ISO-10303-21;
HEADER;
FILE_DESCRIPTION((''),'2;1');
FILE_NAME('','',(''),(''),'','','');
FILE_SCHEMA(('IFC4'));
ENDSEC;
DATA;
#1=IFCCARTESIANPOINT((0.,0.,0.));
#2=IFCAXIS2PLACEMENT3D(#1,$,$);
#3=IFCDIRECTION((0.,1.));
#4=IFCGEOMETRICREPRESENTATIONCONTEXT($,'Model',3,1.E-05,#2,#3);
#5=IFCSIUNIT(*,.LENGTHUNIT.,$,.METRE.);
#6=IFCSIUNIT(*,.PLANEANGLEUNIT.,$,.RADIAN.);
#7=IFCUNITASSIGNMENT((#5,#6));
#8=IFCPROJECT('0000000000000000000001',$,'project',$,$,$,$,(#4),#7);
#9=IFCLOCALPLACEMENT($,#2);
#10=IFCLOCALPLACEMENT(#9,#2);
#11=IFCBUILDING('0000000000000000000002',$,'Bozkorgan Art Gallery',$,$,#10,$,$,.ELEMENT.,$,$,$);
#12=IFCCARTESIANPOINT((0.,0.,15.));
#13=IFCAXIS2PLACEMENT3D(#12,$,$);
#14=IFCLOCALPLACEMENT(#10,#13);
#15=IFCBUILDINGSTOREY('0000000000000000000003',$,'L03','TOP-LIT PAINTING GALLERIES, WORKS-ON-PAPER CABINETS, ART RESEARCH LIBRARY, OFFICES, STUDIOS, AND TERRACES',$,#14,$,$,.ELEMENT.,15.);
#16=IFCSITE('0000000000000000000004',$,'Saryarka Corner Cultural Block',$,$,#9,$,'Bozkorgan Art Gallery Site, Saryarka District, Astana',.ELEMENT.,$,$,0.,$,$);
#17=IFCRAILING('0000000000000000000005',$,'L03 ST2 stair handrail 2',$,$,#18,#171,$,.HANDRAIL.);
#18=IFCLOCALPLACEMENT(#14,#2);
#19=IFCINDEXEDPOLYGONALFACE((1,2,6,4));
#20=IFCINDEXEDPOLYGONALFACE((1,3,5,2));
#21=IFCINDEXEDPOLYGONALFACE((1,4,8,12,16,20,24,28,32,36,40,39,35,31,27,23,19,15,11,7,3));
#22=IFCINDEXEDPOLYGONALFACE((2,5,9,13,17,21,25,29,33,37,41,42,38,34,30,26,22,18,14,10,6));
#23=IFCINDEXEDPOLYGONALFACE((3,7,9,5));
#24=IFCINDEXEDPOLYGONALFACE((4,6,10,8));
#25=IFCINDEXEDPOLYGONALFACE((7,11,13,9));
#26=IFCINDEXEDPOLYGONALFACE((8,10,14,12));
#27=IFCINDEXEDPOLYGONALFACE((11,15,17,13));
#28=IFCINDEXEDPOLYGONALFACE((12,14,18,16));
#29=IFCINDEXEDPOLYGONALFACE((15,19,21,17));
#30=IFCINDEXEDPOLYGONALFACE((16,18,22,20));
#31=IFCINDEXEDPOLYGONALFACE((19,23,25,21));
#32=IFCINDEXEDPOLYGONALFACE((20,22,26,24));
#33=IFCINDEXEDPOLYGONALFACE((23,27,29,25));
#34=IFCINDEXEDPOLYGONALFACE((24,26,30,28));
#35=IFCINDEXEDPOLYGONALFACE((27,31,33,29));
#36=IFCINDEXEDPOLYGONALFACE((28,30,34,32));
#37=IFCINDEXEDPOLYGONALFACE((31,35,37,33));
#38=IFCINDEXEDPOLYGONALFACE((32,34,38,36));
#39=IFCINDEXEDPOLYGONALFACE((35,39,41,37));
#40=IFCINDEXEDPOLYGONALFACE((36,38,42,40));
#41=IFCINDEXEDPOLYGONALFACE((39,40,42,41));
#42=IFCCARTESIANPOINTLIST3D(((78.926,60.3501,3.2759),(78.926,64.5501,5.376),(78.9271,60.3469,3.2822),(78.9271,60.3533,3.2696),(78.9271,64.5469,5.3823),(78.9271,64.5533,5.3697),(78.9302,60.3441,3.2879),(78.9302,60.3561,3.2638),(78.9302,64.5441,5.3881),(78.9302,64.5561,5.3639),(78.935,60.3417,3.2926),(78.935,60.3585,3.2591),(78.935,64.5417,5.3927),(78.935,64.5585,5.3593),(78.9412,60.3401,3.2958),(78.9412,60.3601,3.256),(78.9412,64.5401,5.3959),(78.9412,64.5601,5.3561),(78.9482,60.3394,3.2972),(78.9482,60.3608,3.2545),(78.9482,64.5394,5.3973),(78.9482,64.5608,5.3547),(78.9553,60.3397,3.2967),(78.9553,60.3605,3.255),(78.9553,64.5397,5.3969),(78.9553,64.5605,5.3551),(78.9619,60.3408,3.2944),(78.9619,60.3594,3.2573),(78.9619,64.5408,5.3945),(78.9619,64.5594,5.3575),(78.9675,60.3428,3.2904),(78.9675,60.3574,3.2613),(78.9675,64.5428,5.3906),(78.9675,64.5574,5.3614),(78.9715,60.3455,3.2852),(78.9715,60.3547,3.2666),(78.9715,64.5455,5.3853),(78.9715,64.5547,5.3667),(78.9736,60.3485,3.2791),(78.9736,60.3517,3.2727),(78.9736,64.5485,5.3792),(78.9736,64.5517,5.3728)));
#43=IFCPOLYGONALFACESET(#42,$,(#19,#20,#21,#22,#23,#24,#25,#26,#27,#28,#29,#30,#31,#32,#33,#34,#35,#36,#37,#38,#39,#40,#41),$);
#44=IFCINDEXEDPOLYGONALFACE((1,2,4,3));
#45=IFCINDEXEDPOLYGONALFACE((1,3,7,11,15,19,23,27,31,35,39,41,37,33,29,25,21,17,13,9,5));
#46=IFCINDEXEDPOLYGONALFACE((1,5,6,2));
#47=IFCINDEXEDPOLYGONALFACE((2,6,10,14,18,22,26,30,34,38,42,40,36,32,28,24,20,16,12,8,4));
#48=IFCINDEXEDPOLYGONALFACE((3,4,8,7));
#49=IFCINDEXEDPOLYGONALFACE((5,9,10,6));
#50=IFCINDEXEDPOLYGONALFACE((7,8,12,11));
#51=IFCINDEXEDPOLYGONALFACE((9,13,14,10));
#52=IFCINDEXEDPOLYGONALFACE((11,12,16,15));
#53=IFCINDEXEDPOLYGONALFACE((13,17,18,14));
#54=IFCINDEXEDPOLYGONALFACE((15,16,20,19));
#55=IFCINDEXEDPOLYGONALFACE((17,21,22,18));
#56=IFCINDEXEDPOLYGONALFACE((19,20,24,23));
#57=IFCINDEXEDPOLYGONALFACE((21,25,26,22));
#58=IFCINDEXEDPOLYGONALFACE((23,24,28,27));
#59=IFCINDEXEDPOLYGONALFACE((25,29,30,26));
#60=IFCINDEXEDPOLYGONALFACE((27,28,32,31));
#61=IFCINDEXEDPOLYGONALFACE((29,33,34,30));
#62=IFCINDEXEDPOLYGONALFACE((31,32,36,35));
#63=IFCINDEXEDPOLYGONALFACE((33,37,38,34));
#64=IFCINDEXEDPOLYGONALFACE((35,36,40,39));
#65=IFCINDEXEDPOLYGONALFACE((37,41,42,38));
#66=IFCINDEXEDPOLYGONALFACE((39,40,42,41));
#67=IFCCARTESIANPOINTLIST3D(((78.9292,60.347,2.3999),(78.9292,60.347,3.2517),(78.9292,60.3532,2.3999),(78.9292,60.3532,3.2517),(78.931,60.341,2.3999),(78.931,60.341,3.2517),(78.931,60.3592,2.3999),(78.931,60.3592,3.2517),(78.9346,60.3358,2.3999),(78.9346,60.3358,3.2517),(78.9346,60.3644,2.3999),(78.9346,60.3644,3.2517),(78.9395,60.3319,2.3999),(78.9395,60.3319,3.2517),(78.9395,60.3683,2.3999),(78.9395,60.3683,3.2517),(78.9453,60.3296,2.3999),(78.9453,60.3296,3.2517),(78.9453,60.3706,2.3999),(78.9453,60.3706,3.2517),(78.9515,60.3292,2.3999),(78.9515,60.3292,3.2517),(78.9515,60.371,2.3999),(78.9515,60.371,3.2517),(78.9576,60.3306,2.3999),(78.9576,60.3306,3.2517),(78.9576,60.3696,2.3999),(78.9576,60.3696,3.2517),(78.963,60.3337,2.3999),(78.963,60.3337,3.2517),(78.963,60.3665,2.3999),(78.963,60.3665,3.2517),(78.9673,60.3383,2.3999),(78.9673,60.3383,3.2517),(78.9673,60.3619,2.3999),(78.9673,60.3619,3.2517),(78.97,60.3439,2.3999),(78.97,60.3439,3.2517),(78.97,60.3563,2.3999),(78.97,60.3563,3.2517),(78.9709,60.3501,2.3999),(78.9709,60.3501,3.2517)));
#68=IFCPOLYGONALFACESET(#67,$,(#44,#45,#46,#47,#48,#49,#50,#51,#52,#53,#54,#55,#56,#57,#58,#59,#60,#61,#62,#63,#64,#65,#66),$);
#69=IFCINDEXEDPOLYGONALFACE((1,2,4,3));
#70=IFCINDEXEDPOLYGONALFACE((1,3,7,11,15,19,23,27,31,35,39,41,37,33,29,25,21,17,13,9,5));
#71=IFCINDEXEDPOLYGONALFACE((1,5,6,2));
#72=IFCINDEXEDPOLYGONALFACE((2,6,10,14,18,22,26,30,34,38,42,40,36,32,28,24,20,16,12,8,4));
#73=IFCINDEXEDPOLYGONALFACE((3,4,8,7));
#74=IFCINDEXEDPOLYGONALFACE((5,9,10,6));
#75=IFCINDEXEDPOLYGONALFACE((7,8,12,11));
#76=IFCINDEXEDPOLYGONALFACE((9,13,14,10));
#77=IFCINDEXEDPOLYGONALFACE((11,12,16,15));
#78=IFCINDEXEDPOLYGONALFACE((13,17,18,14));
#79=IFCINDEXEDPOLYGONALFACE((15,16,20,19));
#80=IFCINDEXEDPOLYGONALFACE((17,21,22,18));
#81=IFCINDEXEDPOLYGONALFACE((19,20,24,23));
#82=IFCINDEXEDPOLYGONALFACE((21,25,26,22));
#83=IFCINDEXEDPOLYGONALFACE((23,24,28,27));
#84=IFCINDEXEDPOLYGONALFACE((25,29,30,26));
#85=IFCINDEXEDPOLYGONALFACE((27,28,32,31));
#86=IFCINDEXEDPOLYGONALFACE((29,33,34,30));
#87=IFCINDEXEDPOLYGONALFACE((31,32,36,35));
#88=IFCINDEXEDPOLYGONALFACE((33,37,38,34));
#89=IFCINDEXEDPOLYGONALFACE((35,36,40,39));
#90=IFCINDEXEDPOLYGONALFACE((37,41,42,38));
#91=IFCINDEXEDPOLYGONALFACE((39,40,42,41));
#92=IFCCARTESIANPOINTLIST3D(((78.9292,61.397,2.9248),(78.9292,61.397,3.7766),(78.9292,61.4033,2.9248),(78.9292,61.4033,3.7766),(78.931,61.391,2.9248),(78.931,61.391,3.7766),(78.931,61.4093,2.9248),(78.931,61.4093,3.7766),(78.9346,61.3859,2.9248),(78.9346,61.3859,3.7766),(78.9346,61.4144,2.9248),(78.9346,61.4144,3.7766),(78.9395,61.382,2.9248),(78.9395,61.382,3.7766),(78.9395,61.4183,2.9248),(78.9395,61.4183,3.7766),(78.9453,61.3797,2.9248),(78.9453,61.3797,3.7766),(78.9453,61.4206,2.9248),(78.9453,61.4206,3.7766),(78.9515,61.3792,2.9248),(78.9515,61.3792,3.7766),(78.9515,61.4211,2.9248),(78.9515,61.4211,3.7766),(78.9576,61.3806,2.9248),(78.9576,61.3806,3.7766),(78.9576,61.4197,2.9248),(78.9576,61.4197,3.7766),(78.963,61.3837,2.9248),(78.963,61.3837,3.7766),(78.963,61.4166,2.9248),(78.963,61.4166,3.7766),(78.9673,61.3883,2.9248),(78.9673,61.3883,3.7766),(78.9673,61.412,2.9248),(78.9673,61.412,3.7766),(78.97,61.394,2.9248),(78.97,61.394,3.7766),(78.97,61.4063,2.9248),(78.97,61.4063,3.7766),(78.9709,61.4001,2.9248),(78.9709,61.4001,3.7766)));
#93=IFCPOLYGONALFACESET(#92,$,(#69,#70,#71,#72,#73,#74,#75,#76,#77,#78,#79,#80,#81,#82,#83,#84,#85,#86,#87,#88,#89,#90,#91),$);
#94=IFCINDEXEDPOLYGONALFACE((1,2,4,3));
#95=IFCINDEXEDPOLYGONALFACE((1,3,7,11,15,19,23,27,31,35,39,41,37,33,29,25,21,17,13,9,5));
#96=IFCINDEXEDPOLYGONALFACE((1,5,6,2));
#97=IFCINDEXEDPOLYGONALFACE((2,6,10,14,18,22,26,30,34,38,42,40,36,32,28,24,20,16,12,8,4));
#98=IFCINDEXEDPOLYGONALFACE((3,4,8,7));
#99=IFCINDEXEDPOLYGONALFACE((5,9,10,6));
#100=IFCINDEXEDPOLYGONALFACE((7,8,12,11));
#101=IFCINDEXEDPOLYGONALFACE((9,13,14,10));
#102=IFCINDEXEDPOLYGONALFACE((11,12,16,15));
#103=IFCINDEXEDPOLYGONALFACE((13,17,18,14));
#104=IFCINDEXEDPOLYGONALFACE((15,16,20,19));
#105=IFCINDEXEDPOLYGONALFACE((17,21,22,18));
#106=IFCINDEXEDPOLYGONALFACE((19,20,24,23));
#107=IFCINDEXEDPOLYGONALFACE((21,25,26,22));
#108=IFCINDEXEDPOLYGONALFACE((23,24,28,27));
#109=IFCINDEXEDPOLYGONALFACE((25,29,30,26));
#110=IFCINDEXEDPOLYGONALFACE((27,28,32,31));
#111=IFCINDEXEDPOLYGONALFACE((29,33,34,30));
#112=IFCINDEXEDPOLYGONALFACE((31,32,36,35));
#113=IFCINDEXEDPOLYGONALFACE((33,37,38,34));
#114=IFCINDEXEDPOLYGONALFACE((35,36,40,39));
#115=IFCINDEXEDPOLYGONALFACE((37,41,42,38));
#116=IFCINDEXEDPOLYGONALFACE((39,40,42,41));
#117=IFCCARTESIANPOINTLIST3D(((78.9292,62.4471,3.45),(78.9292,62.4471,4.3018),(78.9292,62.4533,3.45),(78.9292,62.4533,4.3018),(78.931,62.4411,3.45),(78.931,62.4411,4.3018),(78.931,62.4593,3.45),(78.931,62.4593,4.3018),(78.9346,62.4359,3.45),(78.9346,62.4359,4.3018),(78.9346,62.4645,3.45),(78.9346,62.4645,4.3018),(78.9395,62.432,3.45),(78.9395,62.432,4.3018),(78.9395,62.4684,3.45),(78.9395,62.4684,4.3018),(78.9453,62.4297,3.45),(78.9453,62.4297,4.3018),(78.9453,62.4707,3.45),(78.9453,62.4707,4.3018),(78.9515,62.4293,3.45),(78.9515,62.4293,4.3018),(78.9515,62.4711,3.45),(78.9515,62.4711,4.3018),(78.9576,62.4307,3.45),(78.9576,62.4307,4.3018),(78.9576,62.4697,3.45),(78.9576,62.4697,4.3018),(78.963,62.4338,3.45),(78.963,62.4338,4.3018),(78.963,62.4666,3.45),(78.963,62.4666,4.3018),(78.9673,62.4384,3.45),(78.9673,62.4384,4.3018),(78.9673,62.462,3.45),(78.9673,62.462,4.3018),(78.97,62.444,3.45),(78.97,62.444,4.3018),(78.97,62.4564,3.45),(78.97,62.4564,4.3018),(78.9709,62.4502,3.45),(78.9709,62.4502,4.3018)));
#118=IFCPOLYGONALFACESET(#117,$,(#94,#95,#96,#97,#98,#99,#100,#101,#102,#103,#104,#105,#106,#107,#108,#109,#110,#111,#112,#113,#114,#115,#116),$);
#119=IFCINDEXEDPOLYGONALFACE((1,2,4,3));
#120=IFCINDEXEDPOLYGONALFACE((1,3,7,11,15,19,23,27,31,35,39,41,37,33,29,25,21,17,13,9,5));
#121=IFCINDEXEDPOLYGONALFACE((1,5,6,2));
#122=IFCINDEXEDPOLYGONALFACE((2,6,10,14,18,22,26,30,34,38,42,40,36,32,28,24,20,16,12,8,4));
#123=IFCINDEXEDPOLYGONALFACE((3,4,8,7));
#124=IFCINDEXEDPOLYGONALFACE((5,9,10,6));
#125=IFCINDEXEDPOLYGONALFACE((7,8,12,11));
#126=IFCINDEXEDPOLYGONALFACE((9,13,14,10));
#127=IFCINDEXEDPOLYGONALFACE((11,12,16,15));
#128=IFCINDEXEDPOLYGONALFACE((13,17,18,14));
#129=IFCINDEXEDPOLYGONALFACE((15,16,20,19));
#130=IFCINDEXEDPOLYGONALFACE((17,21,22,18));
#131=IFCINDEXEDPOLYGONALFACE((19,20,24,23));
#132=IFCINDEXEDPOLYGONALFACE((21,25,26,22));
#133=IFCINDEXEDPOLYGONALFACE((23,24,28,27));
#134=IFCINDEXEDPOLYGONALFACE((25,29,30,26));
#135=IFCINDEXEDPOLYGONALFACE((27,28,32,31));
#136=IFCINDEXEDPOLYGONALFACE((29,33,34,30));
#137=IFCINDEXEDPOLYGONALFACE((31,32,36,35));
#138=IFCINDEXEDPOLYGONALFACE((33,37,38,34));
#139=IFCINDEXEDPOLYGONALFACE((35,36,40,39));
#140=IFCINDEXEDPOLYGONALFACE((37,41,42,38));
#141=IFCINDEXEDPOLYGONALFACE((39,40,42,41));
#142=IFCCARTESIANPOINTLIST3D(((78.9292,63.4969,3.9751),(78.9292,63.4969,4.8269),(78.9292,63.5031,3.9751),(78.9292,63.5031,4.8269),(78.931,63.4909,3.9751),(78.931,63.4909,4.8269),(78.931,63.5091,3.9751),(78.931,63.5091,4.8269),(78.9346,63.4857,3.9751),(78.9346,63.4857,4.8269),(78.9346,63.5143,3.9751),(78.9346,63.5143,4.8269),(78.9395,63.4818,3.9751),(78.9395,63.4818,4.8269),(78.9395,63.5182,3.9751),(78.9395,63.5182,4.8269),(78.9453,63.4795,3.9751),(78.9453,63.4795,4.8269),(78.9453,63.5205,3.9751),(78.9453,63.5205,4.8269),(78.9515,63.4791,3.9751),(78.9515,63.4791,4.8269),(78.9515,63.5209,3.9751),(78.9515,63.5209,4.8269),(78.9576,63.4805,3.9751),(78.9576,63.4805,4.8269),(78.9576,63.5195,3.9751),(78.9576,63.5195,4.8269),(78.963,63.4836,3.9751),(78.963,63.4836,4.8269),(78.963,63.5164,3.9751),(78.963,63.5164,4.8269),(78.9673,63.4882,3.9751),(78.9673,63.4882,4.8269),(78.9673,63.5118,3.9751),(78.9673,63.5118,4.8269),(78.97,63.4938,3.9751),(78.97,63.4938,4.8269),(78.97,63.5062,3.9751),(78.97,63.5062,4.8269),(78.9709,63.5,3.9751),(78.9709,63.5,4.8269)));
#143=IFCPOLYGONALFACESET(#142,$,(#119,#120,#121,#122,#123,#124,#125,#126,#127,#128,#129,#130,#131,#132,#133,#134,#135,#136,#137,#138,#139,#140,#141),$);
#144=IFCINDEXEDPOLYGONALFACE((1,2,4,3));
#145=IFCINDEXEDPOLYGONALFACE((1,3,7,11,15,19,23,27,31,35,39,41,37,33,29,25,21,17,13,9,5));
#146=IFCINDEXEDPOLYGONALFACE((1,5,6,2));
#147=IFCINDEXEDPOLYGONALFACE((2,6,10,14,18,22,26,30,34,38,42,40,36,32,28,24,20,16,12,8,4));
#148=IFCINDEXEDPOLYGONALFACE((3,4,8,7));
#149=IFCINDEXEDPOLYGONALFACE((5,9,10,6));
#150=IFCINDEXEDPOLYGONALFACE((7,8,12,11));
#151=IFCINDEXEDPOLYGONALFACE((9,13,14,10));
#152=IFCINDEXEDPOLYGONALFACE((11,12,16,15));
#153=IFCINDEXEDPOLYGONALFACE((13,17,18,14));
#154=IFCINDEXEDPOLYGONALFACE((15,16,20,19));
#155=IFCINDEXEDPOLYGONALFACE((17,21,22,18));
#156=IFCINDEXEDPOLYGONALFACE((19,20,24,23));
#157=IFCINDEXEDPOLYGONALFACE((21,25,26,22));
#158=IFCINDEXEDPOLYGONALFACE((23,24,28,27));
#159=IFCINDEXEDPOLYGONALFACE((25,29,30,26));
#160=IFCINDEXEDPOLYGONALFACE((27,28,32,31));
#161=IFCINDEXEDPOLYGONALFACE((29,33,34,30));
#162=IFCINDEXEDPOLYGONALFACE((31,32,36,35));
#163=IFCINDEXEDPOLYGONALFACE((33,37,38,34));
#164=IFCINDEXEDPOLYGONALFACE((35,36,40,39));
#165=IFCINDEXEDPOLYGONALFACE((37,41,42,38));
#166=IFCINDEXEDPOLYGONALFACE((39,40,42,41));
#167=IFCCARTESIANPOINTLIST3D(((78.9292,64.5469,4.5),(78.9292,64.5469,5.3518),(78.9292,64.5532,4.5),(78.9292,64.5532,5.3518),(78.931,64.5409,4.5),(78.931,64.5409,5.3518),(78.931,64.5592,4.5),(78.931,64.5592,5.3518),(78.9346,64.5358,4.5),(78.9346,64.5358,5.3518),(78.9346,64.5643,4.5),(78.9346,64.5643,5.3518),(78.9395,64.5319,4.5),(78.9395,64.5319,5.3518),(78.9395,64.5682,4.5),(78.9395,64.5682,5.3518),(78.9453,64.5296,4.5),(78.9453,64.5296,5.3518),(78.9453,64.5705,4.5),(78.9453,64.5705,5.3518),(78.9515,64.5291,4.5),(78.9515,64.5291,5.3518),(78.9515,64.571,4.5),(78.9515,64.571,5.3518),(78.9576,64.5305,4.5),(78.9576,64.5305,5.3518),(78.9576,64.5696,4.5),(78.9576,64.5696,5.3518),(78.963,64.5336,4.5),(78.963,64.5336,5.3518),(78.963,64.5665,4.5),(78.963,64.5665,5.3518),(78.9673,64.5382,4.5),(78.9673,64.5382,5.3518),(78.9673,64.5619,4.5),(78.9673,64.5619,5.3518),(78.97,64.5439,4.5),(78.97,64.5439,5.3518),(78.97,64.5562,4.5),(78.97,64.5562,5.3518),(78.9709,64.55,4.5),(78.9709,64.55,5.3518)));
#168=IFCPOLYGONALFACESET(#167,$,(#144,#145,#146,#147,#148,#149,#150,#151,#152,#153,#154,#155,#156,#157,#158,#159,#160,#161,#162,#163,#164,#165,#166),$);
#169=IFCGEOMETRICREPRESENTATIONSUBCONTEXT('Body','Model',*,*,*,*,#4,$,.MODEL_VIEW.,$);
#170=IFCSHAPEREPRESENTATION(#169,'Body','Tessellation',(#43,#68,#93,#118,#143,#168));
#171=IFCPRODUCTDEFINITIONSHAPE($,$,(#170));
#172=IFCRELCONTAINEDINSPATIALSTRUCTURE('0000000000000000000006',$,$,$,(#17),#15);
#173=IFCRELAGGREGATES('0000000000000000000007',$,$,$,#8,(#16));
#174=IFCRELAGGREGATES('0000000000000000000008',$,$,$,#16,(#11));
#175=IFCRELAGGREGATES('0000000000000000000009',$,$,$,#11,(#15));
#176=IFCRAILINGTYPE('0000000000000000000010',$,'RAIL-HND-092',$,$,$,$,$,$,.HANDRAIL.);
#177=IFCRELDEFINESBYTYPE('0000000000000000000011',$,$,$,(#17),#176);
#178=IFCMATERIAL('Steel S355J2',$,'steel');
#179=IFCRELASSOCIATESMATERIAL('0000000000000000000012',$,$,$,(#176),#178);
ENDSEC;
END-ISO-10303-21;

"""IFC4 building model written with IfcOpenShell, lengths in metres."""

from ifc_helpers import new_model, si_unit, direction, frame, origin, origin_2d, place, context, subcontext, project, spatial, circle, extrude, material, type_object, element, save


model = new_model("IFC4")

# Units and contexts
model_context = context("Model", 3, precision=1e-05, world=origin(), true_north=direction((0.0, 1.0)))
body_context = subcontext(model_context, "Body", "Model", "MODEL_VIEW")
ifc_project = project(units=[si_unit("LENGTHUNIT", "METRE"), si_unit("PLANEANGLEUNIT", "RADIAN")], contexts=[model_context])

# Site, building, storey
site_placement = place(None, origin())
site = spatial("IfcSite", under=ifc_project, at=site_placement, Name="Saryarka Corner Cultural Block", LongName="Bozkorgan Art Gallery Site, Saryarka District, Astana", CompositionType="ELEMENT", RefElevation=0.0)
building_placement = place(site_placement, origin())
building = spatial("IfcBuilding", under=site, at=building_placement, Name="Bozkorgan Art Gallery", CompositionType="ELEMENT")
storey_placement = place(building_placement, frame((0.0, 0.0, 15.0)))
storey = spatial("IfcBuildingStorey", under=building, at=storey_placement, Name="L03", Description="TOP-LIT PAINTING GALLERIES, WORKS-ON-PAPER CABINETS, ART RESEARCH LIBRARY, OFFICES, STUDIOS, AND TERRACES", CompositionType="ELEMENT", Elevation=15.0)

# Railing
ifc_material_1 = material(Name="Steel S355J2", Category="steel")
railing_type_1 = type_object("IfcRailingType", Name="RAIL-HND-092", PredefinedType="HANDRAIL", material=ifc_material_1)
railing_1_placement = place(storey_placement, frame((78.95, 60.3501, 2.3999)))
element("IfcRailing", 1, at=railing_1_placement, inside=storey, type_object=railing_type_1, Name="L03 ST2 stair handrail 2", PredefinedType="HANDRAIL", context=body_context, shape_type="SweptSolid", body=[
    extrude(circle(Radius=0.0239, at=origin_2d()), frame((0.0, 0.0, 0.876), z_axis=(0.0, 0.894417, 0.447234), x_axis=(-1.0, 0.0, 0.0)), (0.0, 0.0, 1.0), 4.6958),
    extrude(circle(Radius=0.021, at=origin_2d()), origin(), (0.0, 0.0, 1.0), 0.8518),
    extrude(circle(Radius=0.021, at=origin_2d()), frame((0.0, 1.05, 0.5249)), (0.0, 0.0, 1.0), 0.8518),
    extrude(circle(Radius=0.021, at=origin_2d()), frame((0.0, 2.1001, 1.05)), (0.0, 0.0, 1.0), 0.8518),
    extrude(circle(Radius=0.021, at=origin_2d()), frame((0.0, 3.1499, 1.5752)), (0.0, 0.0, 1.0), 0.8518),
    extrude(circle(Radius=0.021, at=origin_2d()), frame((0.0, 4.2, 2.1001)), (0.0, 0.0, 1.0), 0.8518),
])

save(model, "model.ifc")
